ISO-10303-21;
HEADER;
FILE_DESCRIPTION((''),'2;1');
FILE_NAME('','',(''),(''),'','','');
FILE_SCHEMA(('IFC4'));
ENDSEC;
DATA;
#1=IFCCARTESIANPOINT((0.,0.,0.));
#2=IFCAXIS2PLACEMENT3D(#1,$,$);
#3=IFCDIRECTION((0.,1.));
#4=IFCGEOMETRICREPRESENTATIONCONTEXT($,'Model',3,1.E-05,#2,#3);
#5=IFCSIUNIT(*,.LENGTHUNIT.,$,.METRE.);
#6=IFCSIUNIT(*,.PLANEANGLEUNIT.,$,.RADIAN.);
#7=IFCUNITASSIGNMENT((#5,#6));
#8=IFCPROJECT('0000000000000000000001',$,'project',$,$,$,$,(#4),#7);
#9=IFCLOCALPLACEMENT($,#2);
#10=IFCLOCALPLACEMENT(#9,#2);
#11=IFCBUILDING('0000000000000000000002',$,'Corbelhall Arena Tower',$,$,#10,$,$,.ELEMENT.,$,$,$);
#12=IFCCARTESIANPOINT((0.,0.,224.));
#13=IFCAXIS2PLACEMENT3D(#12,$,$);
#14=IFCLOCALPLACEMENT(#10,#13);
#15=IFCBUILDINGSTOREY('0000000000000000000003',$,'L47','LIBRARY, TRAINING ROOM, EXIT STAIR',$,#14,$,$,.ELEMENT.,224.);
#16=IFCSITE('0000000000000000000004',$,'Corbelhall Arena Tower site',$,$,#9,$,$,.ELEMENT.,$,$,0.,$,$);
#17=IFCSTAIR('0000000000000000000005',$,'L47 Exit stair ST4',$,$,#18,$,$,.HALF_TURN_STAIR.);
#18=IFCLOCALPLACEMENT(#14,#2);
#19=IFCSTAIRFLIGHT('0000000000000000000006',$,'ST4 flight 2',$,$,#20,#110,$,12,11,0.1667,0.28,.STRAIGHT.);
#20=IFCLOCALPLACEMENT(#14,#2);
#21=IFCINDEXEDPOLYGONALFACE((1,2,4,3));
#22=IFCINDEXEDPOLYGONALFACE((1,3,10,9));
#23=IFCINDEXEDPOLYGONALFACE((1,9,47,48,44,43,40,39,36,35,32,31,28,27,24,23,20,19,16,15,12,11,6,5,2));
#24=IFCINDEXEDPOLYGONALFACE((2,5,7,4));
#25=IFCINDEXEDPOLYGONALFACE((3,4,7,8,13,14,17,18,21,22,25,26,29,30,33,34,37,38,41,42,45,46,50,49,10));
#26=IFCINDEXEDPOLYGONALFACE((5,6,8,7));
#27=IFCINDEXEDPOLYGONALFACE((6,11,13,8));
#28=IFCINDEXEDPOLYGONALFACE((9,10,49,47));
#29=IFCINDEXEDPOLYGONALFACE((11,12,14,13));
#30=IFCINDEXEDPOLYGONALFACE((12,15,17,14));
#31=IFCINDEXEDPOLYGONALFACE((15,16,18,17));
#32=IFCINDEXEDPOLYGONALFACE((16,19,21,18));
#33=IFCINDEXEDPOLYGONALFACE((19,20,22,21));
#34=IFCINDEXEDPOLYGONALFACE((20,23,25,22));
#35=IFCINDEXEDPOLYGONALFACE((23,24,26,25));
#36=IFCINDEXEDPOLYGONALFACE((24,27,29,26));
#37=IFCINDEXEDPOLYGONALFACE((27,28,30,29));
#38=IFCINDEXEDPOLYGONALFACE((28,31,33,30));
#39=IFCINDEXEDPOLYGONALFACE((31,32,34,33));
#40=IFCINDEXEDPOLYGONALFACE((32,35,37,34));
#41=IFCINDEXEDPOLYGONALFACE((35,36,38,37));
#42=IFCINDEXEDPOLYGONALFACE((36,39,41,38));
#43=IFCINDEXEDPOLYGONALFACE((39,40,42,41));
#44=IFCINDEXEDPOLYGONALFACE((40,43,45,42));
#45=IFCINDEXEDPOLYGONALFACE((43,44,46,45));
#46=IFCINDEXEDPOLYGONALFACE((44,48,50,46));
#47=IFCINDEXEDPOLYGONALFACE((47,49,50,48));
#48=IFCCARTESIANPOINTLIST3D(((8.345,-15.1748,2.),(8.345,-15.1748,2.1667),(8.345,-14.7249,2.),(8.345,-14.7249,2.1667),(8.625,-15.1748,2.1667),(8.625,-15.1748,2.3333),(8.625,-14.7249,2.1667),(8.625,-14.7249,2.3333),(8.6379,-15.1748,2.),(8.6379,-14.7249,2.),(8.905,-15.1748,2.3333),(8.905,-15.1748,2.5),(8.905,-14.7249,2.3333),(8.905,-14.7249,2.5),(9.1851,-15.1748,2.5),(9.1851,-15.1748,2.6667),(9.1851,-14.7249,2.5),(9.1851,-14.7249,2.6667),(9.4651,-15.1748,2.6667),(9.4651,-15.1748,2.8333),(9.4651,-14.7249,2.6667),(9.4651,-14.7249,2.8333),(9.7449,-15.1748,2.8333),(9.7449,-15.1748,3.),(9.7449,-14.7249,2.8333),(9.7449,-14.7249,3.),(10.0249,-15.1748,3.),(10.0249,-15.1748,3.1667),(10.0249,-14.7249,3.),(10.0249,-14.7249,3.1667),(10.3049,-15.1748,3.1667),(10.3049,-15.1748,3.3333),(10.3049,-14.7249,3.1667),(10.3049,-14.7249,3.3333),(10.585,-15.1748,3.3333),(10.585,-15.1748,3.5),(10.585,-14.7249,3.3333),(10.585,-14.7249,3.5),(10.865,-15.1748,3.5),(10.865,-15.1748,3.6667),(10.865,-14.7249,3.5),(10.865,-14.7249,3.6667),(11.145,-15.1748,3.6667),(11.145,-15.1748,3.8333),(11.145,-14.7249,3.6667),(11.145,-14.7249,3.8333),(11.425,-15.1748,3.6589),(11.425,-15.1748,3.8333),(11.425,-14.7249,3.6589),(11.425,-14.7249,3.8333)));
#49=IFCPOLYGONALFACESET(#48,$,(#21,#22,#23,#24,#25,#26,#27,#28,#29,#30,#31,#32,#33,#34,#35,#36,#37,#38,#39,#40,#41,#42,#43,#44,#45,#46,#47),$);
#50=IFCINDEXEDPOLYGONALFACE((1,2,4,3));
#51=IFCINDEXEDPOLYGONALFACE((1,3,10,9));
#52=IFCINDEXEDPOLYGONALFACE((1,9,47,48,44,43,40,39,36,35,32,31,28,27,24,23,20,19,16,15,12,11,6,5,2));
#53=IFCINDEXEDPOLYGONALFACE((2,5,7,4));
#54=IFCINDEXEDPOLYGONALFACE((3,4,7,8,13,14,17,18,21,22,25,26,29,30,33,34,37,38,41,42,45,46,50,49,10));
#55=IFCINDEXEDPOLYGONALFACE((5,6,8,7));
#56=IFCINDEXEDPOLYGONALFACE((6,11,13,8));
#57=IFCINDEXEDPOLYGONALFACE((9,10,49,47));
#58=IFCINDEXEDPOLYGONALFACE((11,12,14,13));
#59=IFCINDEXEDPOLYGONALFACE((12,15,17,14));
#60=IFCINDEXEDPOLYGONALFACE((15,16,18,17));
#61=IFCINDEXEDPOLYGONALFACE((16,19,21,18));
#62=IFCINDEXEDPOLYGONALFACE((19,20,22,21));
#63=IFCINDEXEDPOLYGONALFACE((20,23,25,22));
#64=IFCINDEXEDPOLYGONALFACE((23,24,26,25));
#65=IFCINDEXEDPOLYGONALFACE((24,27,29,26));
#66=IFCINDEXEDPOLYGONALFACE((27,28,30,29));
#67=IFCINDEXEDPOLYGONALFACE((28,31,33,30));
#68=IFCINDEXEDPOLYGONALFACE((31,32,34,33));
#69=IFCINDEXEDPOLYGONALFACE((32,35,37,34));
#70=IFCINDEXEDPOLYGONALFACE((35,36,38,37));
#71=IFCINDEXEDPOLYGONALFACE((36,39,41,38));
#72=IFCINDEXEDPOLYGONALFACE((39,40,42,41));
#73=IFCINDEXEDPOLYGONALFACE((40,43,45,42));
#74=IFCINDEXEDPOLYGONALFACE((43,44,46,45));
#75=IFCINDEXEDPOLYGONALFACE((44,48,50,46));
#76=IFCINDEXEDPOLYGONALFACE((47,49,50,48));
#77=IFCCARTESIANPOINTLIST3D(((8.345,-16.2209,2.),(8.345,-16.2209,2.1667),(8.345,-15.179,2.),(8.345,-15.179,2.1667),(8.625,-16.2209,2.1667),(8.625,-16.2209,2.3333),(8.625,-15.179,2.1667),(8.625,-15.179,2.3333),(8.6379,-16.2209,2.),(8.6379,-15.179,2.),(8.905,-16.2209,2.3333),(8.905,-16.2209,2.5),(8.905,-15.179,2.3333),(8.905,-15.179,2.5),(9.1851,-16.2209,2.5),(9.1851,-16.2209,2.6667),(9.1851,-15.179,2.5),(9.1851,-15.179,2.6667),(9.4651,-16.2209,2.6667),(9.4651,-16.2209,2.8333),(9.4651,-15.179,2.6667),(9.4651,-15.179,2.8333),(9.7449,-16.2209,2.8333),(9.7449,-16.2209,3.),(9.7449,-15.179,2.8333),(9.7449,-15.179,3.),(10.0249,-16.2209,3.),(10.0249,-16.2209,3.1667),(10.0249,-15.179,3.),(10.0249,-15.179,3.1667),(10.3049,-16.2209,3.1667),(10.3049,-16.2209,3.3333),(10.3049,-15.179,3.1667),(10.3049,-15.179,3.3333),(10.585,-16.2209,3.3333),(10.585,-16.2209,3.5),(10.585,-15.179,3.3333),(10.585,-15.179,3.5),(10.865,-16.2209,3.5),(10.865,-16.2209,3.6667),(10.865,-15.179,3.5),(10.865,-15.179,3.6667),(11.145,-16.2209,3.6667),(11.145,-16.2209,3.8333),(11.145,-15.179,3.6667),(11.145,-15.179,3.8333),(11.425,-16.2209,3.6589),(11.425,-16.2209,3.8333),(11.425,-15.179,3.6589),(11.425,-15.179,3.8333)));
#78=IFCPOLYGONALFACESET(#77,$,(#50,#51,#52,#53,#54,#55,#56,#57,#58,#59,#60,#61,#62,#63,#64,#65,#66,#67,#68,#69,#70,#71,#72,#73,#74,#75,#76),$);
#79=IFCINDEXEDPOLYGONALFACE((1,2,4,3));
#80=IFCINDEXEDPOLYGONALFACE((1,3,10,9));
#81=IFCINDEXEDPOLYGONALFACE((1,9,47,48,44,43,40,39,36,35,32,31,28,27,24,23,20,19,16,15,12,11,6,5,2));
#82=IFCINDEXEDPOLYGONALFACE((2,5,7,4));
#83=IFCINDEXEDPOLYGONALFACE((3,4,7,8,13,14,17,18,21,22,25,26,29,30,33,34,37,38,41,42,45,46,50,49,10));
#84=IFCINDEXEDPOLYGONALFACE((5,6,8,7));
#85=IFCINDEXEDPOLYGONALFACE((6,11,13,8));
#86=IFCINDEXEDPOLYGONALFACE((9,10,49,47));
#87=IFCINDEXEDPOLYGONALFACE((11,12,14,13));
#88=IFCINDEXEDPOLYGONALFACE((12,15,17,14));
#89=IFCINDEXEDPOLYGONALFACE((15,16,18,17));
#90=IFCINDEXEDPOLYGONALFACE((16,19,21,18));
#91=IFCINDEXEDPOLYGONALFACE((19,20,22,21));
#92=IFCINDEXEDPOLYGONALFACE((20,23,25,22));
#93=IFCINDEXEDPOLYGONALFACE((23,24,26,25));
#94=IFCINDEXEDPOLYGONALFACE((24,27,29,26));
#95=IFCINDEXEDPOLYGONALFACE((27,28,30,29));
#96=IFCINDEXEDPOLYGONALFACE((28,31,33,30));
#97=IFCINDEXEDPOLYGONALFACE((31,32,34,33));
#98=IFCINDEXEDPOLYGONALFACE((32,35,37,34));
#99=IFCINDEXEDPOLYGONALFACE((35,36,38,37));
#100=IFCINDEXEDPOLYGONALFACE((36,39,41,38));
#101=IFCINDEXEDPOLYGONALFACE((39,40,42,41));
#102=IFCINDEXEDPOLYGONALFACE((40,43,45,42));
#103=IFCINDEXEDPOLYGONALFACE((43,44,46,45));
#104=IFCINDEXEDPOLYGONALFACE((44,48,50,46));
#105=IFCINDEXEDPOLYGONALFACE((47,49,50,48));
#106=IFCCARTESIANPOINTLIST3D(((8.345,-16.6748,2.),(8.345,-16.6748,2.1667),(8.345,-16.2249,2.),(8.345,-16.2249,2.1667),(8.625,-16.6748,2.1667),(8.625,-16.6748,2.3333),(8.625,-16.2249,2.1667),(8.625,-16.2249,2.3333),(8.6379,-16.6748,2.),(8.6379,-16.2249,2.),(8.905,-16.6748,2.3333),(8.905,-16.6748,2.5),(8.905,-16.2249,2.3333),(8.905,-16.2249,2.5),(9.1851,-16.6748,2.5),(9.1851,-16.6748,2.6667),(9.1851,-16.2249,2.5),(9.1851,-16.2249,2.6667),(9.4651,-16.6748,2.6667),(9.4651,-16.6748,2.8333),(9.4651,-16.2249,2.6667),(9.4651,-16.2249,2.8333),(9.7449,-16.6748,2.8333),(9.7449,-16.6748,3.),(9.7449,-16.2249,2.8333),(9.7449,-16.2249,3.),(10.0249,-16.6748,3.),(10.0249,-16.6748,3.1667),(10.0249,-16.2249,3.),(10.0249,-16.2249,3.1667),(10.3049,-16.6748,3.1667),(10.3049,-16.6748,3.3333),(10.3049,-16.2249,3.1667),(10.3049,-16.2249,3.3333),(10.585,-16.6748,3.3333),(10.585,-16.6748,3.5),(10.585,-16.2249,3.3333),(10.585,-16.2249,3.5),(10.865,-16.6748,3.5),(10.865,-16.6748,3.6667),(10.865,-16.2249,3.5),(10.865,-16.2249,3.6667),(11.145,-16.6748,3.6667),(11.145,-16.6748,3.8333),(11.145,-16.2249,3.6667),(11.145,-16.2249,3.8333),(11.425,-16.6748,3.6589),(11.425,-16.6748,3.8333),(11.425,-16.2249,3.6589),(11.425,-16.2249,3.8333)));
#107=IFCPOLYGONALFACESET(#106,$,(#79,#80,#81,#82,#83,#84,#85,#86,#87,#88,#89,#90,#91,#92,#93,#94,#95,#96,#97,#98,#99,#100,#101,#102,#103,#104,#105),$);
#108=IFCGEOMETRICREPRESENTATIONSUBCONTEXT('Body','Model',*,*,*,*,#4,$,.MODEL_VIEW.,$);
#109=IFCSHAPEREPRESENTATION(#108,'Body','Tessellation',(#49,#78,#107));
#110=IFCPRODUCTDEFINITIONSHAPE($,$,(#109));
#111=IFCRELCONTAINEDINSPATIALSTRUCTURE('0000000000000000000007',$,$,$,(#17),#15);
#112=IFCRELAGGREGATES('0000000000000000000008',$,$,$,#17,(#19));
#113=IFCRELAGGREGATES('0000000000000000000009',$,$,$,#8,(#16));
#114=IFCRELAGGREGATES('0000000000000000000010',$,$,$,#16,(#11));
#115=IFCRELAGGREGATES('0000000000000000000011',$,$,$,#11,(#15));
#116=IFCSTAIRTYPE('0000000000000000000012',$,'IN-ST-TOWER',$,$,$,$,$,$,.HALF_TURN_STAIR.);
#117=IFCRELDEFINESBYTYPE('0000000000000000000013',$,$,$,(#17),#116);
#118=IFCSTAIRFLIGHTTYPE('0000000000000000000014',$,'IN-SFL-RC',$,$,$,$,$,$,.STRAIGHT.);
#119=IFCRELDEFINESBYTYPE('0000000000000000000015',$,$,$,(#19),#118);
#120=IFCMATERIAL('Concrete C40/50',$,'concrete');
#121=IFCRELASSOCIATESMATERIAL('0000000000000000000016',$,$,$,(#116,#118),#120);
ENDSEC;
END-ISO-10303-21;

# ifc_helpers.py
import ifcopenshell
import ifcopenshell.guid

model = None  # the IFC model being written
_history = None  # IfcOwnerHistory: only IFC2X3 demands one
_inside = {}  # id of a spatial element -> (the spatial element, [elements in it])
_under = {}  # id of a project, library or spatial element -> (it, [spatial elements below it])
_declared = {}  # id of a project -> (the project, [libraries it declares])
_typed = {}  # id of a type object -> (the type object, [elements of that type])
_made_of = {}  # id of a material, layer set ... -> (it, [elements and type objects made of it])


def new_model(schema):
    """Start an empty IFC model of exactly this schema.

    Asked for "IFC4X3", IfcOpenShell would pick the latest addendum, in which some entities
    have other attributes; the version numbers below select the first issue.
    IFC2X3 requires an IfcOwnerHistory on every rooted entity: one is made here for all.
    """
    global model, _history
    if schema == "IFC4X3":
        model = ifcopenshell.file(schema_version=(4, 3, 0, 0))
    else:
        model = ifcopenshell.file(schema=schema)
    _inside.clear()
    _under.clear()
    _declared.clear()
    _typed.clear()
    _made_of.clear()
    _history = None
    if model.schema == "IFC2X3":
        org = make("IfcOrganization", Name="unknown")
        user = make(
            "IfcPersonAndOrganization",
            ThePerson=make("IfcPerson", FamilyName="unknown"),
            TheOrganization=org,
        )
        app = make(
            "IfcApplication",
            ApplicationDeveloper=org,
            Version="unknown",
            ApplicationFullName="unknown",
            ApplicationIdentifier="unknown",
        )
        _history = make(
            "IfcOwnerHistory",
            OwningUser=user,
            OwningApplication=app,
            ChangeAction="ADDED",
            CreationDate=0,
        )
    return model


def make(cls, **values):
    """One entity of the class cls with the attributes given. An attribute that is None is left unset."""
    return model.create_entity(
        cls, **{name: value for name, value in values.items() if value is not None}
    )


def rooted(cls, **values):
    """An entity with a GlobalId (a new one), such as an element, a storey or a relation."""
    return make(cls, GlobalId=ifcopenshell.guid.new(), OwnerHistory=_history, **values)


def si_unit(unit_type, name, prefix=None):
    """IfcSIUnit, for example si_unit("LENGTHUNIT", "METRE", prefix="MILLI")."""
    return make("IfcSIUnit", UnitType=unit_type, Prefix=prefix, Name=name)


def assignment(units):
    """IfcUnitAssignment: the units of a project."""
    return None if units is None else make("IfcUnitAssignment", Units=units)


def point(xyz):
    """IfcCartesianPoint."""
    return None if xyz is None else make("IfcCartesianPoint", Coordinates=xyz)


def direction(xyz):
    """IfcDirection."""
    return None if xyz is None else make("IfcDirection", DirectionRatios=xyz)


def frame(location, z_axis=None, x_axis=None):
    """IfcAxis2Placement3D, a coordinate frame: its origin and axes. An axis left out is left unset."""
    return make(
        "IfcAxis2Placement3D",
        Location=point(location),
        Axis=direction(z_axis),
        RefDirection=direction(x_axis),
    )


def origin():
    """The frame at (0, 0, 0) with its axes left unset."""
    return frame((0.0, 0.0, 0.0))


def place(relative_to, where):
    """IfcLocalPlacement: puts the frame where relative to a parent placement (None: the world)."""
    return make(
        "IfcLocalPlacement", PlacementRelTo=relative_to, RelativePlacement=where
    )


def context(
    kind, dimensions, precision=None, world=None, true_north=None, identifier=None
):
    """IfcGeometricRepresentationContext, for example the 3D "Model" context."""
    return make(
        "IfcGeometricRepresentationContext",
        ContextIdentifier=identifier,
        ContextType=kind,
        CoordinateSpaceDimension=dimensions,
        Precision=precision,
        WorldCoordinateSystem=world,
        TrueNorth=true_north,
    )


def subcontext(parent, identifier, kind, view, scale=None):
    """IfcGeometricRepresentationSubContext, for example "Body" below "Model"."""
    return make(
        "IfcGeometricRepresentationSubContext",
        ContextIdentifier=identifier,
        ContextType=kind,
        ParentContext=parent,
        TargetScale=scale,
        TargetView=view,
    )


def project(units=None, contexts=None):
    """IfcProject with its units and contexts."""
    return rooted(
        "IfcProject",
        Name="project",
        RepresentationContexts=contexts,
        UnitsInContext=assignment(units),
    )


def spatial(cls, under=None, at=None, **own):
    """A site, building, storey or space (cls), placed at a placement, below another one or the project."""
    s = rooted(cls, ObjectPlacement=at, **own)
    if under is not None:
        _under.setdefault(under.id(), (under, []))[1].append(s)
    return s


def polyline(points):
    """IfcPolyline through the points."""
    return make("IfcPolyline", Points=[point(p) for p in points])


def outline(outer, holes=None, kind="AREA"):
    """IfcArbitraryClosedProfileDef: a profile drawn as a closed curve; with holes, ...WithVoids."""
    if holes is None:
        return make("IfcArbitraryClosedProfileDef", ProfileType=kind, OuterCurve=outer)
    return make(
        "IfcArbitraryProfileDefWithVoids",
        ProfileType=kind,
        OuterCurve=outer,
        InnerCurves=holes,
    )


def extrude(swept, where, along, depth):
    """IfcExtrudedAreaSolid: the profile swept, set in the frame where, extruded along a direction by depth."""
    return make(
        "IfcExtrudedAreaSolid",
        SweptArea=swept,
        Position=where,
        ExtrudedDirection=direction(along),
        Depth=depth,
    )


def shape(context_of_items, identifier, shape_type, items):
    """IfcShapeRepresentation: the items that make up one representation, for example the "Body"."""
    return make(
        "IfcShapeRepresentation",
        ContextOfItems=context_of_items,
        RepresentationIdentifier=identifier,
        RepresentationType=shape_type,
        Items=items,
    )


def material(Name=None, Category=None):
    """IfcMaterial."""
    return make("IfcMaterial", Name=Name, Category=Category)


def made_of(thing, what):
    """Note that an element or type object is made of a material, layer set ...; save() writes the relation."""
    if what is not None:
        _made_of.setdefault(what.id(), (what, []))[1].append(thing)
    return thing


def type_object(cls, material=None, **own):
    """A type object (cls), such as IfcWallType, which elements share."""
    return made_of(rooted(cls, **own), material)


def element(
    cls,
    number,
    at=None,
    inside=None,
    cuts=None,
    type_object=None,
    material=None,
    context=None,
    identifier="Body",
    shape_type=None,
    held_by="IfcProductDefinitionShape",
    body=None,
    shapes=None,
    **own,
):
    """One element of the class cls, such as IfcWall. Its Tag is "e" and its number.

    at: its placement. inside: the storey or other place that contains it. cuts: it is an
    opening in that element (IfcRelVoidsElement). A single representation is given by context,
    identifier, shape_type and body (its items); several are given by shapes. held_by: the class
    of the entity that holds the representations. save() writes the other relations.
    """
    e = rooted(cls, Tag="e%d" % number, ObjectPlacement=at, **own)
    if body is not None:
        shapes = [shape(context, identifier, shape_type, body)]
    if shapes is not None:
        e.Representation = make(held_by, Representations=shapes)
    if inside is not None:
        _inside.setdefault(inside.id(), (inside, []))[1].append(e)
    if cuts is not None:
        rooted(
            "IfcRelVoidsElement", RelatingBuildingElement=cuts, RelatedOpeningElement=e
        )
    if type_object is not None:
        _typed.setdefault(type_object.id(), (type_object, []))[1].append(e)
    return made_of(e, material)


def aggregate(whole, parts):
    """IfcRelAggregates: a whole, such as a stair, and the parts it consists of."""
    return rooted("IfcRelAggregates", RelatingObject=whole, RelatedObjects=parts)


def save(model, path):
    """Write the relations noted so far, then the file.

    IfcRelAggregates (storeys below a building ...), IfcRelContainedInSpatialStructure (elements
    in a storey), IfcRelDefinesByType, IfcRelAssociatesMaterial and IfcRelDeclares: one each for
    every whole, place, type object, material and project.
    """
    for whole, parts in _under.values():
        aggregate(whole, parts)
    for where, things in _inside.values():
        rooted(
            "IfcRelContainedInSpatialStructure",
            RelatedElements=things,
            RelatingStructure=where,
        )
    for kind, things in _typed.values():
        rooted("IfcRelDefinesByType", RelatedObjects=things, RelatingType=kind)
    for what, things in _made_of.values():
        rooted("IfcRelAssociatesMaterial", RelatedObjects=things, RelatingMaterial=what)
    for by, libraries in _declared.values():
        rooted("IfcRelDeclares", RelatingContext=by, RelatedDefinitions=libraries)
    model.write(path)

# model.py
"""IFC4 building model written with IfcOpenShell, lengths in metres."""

from ifc_helpers import new_model, si_unit, direction, frame, origin, place, context, subcontext, project, spatial, polyline, outline, extrude, material, type_object, element, aggregate, save


model = new_model("IFC4")

# Units and contexts
model_context = context("Model", 3, precision=1e-05, world=origin(), true_north=direction((0.0, 1.0)))
body_context = subcontext(model_context, "Body", "Model", "MODEL_VIEW")
ifc_project = project(units=[si_unit("LENGTHUNIT", "METRE"), si_unit("PLANEANGLEUNIT", "RADIAN")], contexts=[model_context])

# Site, building, storey
site_placement = place(None, origin())
site = spatial("IfcSite", under=ifc_project, at=site_placement, Name="Corbelhall Arena Tower site", CompositionType="ELEMENT", RefElevation=0.0)
building_placement = place(site_placement, origin())
building = spatial("IfcBuilding", under=site, at=building_placement, Name="Corbelhall Arena Tower", CompositionType="ELEMENT")
storey_placement = place(building_placement, frame((0.0, 0.0, 224.0)))
storey = spatial("IfcBuildingStorey", under=building, at=storey_placement, Name="L47", Description="LIBRARY, TRAINING ROOM, EXIT STAIR", CompositionType="ELEMENT", Elevation=224.0)

# Shared definitions
ifc_material_1 = material(Name="Concrete C40/50", Category="concrete")

# Stair, stair flight
stair_type = type_object("IfcStairType", Name="IN-ST-TOWER", PredefinedType="HALF_TURN_STAIR", material=ifc_material_1)
stair_placement = place(storey_placement, origin())
stair = element("IfcStair", 1, at=stair_placement, inside=storey, type_object=stair_type, Name="L47 Exit stair ST4", PredefinedType="HALF_TURN_STAIR")
stair_flight_type = type_object("IfcStairFlightType", Name="IN-SFL-RC", PredefinedType="STRAIGHT", material=ifc_material_1)
stair_flight_placement = place(storey_placement, frame((8.345, -15.7, 2.0), z_axis=(0.0, 0.0, 1.0), x_axis=(1.0, 0.0, 0.0)))
stair_flight = element("IfcStairFlight", 2, at=stair_flight_placement, type_object=stair_flight_type, Name="ST4 flight 2", NumberOfRisers=12, NumberOfTreads=11, PredefinedType="STRAIGHT", RiserHeight=0.1667, TreadLength=0.28, context=body_context, shape_type="SweptSolid", body=[
    extrude(outline(polyline([(0.0, 0.0), (0.0, 0.1667), (0.28, 0.1667), (0.28, 0.3333), (0.5601, 0.3333), (0.5601, 0.5), (0.8401, 0.5), (0.8401, 0.6667), (1.1201, 0.6667), (1.1201, 0.8333), (1.3999, 0.8333), (1.3999, 1.0), (1.6799, 1.0), (1.6799, 1.1667), (1.96, 1.1667), (1.96, 1.3333), (2.24, 1.3333), (2.24, 1.5), (2.52, 1.5), (2.52, 1.6667), (2.8, 1.6667), (2.8, 1.8333), (3.0801, 1.8333), (3.0801, 2.0), (3.0801, 1.6589), (0.293, 0.0), (0.0, 0.0)])), frame((0.0, 0.9751, 0.0), z_axis=(0.0, -1.0, 0.0), x_axis=(1.0, 0.0, 0.0)), (0.0, 0.0, 1.0), 0.45),
    extrude(outline(polyline([(0.0, 0.0), (0.0, 0.1667), (0.28, 0.1667), (0.28, 0.3333), (0.5601, 0.3333), (0.5601, 0.5), (0.8401, 0.5), (0.8401, 0.6667), (1.1201, 0.6667), (1.1201, 0.8333), (1.3999, 0.8333), (1.3999, 1.0), (1.6799, 1.0), (1.6799, 1.1667), (1.96, 1.1667), (1.96, 1.3333), (2.24, 1.3333), (2.24, 1.5), (2.52, 1.5), (2.52, 1.6667), (2.8, 1.6667), (2.8, 1.8333), (3.0801, 1.8333), (3.0801, 2.0), (3.0801, 1.6589), (0.293, 0.0), (0.0, 0.0)])), frame((0.0, 0.521, 0.0), z_axis=(0.0, -1.0, 0.0), x_axis=(1.0, 0.0, 0.0)), (0.0, 0.0, 1.0), 1.042),
    extrude(outline(polyline([(0.0, 0.0), (0.0, 0.1667), (0.28, 0.1667), (0.28, 0.3333), (0.5601, 0.3333), (0.5601, 0.5), (0.8401, 0.5), (0.8401, 0.6667), (1.1201, 0.6667), (1.1201, 0.8333), (1.3999, 0.8333), (1.3999, 1.0), (1.6799, 1.0), (1.6799, 1.1667), (1.96, 1.1667), (1.96, 1.3333), (2.24, 1.3333), (2.24, 1.5), (2.52, 1.5), (2.52, 1.6667), (2.8, 1.6667), (2.8, 1.8333), (3.0801, 1.8333), (3.0801, 2.0), (3.0801, 1.6589), (0.293, 0.0), (0.0, 0.0)])), frame((0.0, -0.5249, 0.0), z_axis=(0.0, -1.0, 0.0), x_axis=(1.0, 0.0, 0.0)), (0.0, 0.0, 1.0), 0.45),
])
aggregate(stair, [stair_flight])

save(model, "model.ifc")
